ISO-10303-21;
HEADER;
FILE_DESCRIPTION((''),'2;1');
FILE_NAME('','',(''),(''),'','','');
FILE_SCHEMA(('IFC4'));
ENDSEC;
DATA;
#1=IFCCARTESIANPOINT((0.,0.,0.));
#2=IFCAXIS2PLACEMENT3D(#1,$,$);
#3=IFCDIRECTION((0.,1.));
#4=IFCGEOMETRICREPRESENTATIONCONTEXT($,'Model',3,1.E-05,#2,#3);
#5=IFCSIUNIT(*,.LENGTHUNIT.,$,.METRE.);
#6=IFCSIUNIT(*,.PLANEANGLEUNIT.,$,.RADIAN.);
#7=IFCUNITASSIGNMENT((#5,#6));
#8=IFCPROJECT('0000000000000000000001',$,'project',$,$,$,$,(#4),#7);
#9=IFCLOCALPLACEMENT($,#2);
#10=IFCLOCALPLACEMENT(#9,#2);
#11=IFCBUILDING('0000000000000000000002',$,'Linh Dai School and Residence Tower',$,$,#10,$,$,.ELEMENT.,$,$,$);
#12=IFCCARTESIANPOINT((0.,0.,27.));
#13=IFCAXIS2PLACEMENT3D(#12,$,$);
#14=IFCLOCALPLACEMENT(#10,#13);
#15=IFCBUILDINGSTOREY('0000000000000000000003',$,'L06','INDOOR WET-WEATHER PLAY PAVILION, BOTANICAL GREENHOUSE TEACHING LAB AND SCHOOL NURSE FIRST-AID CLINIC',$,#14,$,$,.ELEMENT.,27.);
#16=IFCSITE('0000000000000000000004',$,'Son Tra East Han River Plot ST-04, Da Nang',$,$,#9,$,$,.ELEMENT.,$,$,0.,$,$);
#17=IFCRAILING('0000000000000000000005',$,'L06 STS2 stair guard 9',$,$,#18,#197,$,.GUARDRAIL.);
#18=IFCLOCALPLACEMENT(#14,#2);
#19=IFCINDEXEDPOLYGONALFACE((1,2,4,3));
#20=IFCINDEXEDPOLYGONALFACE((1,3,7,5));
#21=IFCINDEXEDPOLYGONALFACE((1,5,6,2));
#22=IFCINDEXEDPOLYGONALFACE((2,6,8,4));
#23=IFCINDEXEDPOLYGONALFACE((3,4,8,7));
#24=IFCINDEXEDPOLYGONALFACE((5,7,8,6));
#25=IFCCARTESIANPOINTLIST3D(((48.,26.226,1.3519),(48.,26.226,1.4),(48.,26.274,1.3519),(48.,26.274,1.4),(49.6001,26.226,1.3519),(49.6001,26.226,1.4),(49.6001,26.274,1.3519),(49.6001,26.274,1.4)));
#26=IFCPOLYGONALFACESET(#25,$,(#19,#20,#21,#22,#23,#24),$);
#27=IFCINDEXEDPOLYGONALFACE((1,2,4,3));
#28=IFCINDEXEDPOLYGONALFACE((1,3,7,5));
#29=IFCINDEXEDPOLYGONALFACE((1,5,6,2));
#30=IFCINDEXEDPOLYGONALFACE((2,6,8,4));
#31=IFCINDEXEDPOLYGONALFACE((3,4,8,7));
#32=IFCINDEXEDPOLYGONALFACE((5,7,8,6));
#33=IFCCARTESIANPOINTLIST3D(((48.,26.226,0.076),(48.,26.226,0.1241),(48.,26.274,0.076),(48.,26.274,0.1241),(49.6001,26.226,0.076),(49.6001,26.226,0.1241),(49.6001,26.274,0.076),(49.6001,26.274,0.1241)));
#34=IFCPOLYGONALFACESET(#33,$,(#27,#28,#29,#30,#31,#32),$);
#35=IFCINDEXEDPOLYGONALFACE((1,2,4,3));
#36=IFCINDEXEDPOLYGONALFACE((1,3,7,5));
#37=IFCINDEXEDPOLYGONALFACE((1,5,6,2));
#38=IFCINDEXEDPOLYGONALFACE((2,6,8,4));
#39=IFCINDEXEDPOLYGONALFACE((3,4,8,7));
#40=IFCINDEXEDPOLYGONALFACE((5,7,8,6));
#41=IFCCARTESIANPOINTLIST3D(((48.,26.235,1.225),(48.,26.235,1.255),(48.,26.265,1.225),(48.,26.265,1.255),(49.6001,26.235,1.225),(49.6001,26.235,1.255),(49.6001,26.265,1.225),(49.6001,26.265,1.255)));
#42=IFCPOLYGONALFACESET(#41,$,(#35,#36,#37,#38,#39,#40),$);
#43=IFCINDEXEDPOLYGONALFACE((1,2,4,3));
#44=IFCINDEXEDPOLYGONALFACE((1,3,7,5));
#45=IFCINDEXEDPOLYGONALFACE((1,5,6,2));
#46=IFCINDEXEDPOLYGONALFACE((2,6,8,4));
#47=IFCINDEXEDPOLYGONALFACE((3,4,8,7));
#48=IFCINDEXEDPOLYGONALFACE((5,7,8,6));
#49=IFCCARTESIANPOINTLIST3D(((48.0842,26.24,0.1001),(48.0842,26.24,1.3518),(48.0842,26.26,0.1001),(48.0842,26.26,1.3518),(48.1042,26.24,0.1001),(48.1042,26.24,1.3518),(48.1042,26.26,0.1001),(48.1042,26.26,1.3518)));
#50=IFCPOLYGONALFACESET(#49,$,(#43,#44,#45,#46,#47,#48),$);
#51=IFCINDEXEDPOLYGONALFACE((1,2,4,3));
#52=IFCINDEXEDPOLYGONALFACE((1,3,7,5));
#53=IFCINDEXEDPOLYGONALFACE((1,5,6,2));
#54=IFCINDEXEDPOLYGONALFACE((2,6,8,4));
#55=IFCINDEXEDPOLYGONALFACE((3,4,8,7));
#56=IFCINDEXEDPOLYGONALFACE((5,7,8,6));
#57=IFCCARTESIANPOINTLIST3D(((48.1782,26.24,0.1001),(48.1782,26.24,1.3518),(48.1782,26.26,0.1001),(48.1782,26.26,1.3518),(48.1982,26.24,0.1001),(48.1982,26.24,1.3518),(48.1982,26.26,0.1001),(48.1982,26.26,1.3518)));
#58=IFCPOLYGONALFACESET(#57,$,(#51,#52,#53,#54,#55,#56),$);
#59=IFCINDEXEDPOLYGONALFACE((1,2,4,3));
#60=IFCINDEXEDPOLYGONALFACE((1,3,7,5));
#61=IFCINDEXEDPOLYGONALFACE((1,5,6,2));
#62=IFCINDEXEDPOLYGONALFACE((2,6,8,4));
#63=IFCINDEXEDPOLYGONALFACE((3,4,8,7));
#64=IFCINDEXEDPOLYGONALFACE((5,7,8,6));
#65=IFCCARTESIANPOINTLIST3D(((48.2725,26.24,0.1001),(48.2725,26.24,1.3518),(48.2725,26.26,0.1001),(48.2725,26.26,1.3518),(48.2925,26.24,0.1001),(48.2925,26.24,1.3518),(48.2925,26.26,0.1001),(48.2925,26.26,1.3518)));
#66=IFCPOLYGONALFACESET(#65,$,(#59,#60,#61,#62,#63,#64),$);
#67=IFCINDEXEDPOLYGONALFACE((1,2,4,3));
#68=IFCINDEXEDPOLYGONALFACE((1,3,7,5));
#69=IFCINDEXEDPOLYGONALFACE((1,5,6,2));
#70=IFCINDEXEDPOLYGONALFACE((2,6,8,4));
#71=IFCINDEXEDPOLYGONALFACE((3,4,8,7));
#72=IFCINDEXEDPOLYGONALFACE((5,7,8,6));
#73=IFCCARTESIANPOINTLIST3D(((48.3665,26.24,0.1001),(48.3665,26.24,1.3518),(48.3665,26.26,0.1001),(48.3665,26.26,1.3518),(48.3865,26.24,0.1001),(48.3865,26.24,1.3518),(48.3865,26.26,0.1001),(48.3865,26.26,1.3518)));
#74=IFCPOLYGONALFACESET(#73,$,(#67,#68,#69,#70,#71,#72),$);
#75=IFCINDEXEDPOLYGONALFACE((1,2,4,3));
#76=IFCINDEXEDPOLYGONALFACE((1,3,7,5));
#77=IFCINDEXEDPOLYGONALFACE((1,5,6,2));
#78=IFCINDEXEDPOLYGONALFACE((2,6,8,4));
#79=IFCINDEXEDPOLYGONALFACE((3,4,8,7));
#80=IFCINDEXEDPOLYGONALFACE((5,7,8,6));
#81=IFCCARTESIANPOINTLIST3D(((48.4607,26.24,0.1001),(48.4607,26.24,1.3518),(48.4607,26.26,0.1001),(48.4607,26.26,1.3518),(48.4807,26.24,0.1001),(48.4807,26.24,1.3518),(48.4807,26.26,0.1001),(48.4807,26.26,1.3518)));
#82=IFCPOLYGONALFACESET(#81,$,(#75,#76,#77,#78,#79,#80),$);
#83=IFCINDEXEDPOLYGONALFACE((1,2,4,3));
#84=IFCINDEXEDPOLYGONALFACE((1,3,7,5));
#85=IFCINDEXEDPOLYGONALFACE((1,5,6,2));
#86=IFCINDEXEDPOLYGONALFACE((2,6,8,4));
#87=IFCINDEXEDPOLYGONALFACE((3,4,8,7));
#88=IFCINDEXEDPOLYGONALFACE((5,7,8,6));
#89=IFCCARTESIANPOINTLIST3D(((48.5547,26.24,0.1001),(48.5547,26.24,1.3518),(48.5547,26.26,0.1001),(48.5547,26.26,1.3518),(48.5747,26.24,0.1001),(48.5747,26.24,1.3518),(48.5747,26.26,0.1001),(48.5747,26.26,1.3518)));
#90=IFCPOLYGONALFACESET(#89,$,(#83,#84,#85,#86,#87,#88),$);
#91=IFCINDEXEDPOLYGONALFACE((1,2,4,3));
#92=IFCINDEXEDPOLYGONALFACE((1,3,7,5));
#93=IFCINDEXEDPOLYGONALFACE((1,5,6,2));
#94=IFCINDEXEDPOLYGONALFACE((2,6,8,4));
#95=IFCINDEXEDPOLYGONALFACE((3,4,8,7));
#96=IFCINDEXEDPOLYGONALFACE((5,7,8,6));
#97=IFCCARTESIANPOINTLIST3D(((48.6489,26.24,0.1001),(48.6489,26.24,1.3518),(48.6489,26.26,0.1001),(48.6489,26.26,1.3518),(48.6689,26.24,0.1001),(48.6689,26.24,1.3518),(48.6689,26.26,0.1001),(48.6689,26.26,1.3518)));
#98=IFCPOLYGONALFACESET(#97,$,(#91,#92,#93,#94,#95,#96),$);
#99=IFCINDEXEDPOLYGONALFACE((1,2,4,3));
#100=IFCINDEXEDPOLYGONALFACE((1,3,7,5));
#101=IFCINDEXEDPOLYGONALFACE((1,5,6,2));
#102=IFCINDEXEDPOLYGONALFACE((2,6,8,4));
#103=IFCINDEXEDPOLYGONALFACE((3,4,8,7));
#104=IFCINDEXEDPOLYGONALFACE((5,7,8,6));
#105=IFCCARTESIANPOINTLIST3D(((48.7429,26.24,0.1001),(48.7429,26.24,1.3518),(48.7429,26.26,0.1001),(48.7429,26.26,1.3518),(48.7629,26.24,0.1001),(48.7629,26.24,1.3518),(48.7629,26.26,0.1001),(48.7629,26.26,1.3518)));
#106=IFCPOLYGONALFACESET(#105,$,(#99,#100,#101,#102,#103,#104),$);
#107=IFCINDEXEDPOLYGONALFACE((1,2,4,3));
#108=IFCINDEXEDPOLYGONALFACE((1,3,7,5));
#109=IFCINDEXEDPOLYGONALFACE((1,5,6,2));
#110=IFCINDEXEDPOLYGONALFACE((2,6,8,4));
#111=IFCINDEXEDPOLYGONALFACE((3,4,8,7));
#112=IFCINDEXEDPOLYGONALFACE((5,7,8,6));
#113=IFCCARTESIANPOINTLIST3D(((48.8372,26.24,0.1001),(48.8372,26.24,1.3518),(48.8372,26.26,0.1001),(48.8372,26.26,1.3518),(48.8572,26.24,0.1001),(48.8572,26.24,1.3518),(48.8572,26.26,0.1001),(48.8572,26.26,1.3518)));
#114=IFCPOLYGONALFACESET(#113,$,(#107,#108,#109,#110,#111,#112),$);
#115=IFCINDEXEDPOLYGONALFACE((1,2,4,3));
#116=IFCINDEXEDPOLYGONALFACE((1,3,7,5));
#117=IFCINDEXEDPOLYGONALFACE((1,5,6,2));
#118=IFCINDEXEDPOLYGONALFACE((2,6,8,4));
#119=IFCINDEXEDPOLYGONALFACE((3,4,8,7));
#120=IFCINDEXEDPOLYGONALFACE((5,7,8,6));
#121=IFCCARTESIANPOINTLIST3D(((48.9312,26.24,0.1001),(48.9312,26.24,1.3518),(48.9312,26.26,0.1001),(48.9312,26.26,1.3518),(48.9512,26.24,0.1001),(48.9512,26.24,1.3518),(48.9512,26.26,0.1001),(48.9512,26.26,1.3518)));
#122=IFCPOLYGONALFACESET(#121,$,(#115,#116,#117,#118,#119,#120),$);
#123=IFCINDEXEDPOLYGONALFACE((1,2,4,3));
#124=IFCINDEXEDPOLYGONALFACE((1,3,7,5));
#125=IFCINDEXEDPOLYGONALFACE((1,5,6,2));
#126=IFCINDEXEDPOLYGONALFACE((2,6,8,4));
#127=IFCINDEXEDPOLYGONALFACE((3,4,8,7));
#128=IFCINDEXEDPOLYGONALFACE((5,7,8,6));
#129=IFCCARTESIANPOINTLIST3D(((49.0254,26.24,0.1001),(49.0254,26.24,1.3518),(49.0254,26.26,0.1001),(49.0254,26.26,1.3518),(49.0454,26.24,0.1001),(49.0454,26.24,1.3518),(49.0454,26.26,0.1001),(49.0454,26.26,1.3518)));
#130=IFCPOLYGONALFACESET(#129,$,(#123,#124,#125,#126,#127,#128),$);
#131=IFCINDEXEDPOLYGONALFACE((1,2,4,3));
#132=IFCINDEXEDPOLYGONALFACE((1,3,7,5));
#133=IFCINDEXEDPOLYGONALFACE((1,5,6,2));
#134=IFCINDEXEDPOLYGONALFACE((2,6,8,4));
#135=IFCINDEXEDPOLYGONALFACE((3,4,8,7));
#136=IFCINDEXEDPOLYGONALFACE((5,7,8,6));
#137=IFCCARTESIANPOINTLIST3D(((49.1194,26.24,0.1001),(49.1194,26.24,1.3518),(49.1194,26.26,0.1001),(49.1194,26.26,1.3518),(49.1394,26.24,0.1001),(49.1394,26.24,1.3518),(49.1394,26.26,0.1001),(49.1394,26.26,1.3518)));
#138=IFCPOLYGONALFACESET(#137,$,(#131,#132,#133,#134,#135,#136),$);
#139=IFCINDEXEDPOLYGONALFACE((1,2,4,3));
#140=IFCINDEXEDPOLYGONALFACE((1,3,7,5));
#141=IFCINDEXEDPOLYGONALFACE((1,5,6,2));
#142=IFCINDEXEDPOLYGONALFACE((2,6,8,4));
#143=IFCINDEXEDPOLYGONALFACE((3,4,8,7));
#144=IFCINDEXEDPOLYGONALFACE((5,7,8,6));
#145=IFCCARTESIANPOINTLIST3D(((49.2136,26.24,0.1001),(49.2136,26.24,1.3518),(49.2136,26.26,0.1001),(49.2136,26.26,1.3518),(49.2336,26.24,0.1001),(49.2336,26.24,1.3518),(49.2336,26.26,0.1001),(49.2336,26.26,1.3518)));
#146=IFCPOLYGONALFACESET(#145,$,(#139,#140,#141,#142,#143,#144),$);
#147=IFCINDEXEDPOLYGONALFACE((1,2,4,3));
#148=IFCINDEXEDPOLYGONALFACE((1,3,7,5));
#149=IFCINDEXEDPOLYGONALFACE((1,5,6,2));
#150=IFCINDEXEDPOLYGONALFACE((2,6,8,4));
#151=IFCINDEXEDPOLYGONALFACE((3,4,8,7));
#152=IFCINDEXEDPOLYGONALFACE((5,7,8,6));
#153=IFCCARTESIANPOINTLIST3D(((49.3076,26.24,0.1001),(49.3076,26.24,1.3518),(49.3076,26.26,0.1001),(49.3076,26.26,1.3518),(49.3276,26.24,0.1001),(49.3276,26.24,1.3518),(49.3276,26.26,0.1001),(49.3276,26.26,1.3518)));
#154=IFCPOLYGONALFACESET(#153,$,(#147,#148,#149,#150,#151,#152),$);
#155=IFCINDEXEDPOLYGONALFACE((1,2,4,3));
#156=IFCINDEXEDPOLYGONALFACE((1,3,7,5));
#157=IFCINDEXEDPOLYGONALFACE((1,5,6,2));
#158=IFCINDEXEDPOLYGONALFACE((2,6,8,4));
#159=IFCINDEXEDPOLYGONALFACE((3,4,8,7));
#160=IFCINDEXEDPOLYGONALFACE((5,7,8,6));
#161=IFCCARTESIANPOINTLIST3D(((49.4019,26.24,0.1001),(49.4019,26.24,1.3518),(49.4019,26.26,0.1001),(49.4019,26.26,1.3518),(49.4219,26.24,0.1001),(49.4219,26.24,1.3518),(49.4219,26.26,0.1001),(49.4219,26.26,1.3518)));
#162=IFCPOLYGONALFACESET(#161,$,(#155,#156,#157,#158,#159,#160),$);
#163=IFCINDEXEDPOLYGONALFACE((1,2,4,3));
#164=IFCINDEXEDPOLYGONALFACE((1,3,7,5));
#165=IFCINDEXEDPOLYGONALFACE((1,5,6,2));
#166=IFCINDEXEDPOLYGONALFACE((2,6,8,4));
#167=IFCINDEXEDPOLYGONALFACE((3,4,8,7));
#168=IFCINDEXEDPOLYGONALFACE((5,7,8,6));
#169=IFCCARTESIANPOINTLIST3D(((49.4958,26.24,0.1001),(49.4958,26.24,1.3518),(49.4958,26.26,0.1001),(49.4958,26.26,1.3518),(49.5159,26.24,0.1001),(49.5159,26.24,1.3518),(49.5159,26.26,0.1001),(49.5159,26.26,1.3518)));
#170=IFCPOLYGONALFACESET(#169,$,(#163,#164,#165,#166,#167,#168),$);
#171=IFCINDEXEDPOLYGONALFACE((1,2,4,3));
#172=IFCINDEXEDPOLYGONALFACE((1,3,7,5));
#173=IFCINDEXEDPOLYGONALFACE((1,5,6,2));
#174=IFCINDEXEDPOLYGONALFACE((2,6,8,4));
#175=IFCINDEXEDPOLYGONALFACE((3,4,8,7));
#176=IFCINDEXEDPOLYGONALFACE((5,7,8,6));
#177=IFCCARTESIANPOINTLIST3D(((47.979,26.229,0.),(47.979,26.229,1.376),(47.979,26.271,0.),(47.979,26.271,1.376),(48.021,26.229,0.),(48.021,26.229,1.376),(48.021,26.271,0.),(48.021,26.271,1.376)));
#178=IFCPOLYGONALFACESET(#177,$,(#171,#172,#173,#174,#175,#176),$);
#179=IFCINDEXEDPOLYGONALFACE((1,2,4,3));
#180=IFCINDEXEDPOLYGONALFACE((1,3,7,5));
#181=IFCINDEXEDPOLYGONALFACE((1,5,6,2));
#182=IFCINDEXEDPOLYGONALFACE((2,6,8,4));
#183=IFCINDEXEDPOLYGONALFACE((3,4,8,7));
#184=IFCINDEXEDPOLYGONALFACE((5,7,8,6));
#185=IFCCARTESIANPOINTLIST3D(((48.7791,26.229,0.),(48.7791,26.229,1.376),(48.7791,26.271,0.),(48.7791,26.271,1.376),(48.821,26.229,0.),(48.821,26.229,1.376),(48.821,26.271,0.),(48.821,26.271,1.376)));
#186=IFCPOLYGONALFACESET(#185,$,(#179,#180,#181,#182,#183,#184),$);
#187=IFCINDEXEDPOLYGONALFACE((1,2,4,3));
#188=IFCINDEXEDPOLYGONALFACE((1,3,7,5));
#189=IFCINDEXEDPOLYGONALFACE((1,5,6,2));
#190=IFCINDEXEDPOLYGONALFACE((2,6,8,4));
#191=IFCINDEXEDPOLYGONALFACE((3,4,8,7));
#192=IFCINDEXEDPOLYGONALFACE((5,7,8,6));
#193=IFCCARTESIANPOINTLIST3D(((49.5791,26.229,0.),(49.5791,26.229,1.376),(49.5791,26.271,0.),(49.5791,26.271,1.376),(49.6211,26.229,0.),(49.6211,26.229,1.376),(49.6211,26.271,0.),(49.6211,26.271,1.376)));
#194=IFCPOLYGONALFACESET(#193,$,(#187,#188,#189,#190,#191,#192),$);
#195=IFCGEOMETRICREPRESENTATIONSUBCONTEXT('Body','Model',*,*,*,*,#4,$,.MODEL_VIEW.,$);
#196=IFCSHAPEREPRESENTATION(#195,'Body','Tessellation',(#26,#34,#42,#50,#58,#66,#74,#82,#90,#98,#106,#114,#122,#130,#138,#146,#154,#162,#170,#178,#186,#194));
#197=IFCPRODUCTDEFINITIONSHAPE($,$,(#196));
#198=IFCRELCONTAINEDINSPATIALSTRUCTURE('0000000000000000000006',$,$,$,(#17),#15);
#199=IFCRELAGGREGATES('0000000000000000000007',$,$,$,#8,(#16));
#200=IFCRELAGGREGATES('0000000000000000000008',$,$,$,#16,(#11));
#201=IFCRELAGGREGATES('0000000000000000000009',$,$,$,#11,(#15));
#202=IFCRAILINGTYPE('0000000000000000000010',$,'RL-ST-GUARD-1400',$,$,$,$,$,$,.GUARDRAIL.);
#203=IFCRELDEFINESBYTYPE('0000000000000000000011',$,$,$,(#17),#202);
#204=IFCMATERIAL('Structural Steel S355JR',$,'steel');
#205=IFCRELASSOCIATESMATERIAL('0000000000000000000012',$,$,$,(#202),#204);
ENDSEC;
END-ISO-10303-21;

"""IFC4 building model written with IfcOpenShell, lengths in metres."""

from ifc_helpers import new_model, si_unit, direction, frame, origin, origin_2d, place, context, subcontext, project, spatial, rectangle, extrude, source, transform, mapped, material, type_object, element, save


model = new_model("IFC4")

# Units and contexts
model_context = context("Model", 3, precision=1e-05, world=origin(), true_north=direction((0.0, 1.0)))
body_context = subcontext(model_context, "Body", "Model", "MODEL_VIEW")
ifc_project = project(units=[si_unit("LENGTHUNIT", "METRE"), si_unit("PLANEANGLEUNIT", "RADIAN")], contexts=[model_context])

# Site, building, storey
site_placement = place(None, origin())
site = spatial("IfcSite", under=ifc_project, at=site_placement, Name="Son Tra East Han River Plot ST-04, Da Nang", CompositionType="ELEMENT", RefElevation=0.0)
building_placement = place(site_placement, origin())
building = spatial("IfcBuilding", under=site, at=building_placement, Name="Linh Dai School and Residence Tower", CompositionType="ELEMENT")
storey_placement = place(building_placement, frame((0.0, 0.0, 27.0)))
storey = spatial("IfcBuildingStorey", under=building, at=storey_placement, Name="L06", Description="INDOOR WET-WEATHER PLAY PAVILION, BOTANICAL GREENHOUSE TEACHING LAB AND SCHOOL NURSE FIRST-AID CLINIC", CompositionType="ELEMENT", Elevation=27.0)

# Shared definitions
ifc_material_1 = material(Name="Structural Steel S355JR", Category="steel")

# Railing
railing_type_1 = type_object("IfcRailingType", Name="RL-ST-GUARD-1400", PredefinedType="GUARDRAIL", material=ifc_material_1)
shared_shape_1 = source(origin(), body_context, "Body", "SweptSolid", [
    extrude(rectangle(XDim=0.0481, YDim=0.0481, at=origin_2d()), frame((0.0, 0.0, 1.376), z_axis=(1.0, 0.0, 0.0), x_axis=(0.0, 1.0, 0.0)), (0.0, 0.0, 1.0), 1.6001),
    extrude(rectangle(XDim=0.0481, YDim=0.0481, at=origin_2d()), frame((0.0, 0.0, 0.1001), z_axis=(1.0, 0.0, 0.0), x_axis=(0.0, 1.0, 0.0)), (0.0, 0.0, 1.0), 1.6001),
    extrude(rectangle(XDim=0.03, YDim=0.03, at=origin_2d()), frame((0.0, 0.0, 1.24), z_axis=(1.0, 0.0, 0.0), x_axis=(0.0, 1.0, 0.0)), (0.0, 0.0, 1.0), 1.6001),
    extrude(rectangle(XDim=0.02, YDim=0.02, at=origin_2d()), frame((0.0942, 0.0, 0.1001)), (0.0, 0.0, 1.0), 1.2517),
    extrude(rectangle(XDim=0.02, YDim=0.02, at=origin_2d()), frame((0.1882, 0.0, 0.1001)), (0.0, 0.0, 1.0), 1.2517),
    extrude(rectangle(XDim=0.02, YDim=0.02, at=origin_2d()), frame((0.2825, 0.0, 0.1001)), (0.0, 0.0, 1.0), 1.2517),
    extrude(rectangle(XDim=0.02, YDim=0.02, at=origin_2d()), frame((0.3765, 0.0, 0.1001)), (0.0, 0.0, 1.0), 1.2517),
    extrude(rectangle(XDim=0.02, YDim=0.02, at=origin_2d()), frame((0.4707, 0.0, 0.1001)), (0.0, 0.0, 1.0), 1.2517),
    extrude(rectangle(XDim=0.02, YDim=0.02, at=origin_2d()), frame((0.5647, 0.0, 0.1001)), (0.0, 0.0, 1.0), 1.2517),
    extrude(rectangle(XDim=0.02, YDim=0.02, at=origin_2d()), frame((0.6589, 0.0, 0.1001)), (0.0, 0.0, 1.0), 1.2517),
    extrude(rectangle(XDim=0.02, YDim=0.02, at=origin_2d()), frame((0.7529, 0.0, 0.1001)), (0.0, 0.0, 1.0), 1.2517),
    extrude(rectangle(XDim=0.02, YDim=0.02, at=origin_2d()), frame((0.8472, 0.0, 0.1001)), (0.0, 0.0, 1.0), 1.2517),
    extrude(rectangle(XDim=0.02, YDim=0.02, at=origin_2d()), frame((0.9412, 0.0, 0.1001)), (0.0, 0.0, 1.0), 1.2517),
    extrude(rectangle(XDim=0.02, YDim=0.02, at=origin_2d()), frame((1.0354, 0.0, 0.1001)), (0.0, 0.0, 1.0), 1.2517),
    extrude(rectangle(XDim=0.02, YDim=0.02, at=origin_2d()), frame((1.1294, 0.0, 0.1001)), (0.0, 0.0, 1.0), 1.2517),
    extrude(rectangle(XDim=0.02, YDim=0.02, at=origin_2d()), frame((1.2236, 0.0, 0.1001)), (0.0, 0.0, 1.0), 1.2517),
    extrude(rectangle(XDim=0.02, YDim=0.02, at=origin_2d()), frame((1.3176, 0.0, 0.1001)), (0.0, 0.0, 1.0), 1.2517),
    extrude(rectangle(XDim=0.02, YDim=0.02, at=origin_2d()), frame((1.4119, 0.0, 0.1001)), (0.0, 0.0, 1.0), 1.2517),
    extrude(rectangle(XDim=0.02, YDim=0.02, at=origin_2d()), frame((1.5059, 0.0, 0.1001)), (0.0, 0.0, 1.0), 1.2517),
    extrude(rectangle(XDim=0.042, YDim=0.042, at=origin_2d()), origin(), (0.0, 0.0, 1.0), 1.376),
    extrude(rectangle(XDim=0.042, YDim=0.042, at=origin_2d()), frame((0.8, 0.0, 0.0)), (0.0, 0.0, 1.0), 1.376),
    extrude(rectangle(XDim=0.042, YDim=0.042, at=origin_2d()), frame((1.6001, 0.0, 0.0)), (0.0, 0.0, 1.0), 1.376),
])
railing_1_placement = place(storey_placement, frame((48.0, 26.25, 0.0)))
element("IfcRailing", 1, at=railing_1_placement, inside=storey, type_object=railing_type_1, Name="L06 STS2 stair guard 9", PredefinedType="GUARDRAIL", context=body_context, shape_type="MappedRepresentation", body=[
    mapped(shared_shape_1, transform((0.0, 0.0, 0.0), x_axis=(1.0, 0.0, 0.0), y_axis=(0.0, 1.0, 0.0), z_axis=(0.0, 0.0, 1.0), scale=1.0)),
])

save(model, "model.ifc")
